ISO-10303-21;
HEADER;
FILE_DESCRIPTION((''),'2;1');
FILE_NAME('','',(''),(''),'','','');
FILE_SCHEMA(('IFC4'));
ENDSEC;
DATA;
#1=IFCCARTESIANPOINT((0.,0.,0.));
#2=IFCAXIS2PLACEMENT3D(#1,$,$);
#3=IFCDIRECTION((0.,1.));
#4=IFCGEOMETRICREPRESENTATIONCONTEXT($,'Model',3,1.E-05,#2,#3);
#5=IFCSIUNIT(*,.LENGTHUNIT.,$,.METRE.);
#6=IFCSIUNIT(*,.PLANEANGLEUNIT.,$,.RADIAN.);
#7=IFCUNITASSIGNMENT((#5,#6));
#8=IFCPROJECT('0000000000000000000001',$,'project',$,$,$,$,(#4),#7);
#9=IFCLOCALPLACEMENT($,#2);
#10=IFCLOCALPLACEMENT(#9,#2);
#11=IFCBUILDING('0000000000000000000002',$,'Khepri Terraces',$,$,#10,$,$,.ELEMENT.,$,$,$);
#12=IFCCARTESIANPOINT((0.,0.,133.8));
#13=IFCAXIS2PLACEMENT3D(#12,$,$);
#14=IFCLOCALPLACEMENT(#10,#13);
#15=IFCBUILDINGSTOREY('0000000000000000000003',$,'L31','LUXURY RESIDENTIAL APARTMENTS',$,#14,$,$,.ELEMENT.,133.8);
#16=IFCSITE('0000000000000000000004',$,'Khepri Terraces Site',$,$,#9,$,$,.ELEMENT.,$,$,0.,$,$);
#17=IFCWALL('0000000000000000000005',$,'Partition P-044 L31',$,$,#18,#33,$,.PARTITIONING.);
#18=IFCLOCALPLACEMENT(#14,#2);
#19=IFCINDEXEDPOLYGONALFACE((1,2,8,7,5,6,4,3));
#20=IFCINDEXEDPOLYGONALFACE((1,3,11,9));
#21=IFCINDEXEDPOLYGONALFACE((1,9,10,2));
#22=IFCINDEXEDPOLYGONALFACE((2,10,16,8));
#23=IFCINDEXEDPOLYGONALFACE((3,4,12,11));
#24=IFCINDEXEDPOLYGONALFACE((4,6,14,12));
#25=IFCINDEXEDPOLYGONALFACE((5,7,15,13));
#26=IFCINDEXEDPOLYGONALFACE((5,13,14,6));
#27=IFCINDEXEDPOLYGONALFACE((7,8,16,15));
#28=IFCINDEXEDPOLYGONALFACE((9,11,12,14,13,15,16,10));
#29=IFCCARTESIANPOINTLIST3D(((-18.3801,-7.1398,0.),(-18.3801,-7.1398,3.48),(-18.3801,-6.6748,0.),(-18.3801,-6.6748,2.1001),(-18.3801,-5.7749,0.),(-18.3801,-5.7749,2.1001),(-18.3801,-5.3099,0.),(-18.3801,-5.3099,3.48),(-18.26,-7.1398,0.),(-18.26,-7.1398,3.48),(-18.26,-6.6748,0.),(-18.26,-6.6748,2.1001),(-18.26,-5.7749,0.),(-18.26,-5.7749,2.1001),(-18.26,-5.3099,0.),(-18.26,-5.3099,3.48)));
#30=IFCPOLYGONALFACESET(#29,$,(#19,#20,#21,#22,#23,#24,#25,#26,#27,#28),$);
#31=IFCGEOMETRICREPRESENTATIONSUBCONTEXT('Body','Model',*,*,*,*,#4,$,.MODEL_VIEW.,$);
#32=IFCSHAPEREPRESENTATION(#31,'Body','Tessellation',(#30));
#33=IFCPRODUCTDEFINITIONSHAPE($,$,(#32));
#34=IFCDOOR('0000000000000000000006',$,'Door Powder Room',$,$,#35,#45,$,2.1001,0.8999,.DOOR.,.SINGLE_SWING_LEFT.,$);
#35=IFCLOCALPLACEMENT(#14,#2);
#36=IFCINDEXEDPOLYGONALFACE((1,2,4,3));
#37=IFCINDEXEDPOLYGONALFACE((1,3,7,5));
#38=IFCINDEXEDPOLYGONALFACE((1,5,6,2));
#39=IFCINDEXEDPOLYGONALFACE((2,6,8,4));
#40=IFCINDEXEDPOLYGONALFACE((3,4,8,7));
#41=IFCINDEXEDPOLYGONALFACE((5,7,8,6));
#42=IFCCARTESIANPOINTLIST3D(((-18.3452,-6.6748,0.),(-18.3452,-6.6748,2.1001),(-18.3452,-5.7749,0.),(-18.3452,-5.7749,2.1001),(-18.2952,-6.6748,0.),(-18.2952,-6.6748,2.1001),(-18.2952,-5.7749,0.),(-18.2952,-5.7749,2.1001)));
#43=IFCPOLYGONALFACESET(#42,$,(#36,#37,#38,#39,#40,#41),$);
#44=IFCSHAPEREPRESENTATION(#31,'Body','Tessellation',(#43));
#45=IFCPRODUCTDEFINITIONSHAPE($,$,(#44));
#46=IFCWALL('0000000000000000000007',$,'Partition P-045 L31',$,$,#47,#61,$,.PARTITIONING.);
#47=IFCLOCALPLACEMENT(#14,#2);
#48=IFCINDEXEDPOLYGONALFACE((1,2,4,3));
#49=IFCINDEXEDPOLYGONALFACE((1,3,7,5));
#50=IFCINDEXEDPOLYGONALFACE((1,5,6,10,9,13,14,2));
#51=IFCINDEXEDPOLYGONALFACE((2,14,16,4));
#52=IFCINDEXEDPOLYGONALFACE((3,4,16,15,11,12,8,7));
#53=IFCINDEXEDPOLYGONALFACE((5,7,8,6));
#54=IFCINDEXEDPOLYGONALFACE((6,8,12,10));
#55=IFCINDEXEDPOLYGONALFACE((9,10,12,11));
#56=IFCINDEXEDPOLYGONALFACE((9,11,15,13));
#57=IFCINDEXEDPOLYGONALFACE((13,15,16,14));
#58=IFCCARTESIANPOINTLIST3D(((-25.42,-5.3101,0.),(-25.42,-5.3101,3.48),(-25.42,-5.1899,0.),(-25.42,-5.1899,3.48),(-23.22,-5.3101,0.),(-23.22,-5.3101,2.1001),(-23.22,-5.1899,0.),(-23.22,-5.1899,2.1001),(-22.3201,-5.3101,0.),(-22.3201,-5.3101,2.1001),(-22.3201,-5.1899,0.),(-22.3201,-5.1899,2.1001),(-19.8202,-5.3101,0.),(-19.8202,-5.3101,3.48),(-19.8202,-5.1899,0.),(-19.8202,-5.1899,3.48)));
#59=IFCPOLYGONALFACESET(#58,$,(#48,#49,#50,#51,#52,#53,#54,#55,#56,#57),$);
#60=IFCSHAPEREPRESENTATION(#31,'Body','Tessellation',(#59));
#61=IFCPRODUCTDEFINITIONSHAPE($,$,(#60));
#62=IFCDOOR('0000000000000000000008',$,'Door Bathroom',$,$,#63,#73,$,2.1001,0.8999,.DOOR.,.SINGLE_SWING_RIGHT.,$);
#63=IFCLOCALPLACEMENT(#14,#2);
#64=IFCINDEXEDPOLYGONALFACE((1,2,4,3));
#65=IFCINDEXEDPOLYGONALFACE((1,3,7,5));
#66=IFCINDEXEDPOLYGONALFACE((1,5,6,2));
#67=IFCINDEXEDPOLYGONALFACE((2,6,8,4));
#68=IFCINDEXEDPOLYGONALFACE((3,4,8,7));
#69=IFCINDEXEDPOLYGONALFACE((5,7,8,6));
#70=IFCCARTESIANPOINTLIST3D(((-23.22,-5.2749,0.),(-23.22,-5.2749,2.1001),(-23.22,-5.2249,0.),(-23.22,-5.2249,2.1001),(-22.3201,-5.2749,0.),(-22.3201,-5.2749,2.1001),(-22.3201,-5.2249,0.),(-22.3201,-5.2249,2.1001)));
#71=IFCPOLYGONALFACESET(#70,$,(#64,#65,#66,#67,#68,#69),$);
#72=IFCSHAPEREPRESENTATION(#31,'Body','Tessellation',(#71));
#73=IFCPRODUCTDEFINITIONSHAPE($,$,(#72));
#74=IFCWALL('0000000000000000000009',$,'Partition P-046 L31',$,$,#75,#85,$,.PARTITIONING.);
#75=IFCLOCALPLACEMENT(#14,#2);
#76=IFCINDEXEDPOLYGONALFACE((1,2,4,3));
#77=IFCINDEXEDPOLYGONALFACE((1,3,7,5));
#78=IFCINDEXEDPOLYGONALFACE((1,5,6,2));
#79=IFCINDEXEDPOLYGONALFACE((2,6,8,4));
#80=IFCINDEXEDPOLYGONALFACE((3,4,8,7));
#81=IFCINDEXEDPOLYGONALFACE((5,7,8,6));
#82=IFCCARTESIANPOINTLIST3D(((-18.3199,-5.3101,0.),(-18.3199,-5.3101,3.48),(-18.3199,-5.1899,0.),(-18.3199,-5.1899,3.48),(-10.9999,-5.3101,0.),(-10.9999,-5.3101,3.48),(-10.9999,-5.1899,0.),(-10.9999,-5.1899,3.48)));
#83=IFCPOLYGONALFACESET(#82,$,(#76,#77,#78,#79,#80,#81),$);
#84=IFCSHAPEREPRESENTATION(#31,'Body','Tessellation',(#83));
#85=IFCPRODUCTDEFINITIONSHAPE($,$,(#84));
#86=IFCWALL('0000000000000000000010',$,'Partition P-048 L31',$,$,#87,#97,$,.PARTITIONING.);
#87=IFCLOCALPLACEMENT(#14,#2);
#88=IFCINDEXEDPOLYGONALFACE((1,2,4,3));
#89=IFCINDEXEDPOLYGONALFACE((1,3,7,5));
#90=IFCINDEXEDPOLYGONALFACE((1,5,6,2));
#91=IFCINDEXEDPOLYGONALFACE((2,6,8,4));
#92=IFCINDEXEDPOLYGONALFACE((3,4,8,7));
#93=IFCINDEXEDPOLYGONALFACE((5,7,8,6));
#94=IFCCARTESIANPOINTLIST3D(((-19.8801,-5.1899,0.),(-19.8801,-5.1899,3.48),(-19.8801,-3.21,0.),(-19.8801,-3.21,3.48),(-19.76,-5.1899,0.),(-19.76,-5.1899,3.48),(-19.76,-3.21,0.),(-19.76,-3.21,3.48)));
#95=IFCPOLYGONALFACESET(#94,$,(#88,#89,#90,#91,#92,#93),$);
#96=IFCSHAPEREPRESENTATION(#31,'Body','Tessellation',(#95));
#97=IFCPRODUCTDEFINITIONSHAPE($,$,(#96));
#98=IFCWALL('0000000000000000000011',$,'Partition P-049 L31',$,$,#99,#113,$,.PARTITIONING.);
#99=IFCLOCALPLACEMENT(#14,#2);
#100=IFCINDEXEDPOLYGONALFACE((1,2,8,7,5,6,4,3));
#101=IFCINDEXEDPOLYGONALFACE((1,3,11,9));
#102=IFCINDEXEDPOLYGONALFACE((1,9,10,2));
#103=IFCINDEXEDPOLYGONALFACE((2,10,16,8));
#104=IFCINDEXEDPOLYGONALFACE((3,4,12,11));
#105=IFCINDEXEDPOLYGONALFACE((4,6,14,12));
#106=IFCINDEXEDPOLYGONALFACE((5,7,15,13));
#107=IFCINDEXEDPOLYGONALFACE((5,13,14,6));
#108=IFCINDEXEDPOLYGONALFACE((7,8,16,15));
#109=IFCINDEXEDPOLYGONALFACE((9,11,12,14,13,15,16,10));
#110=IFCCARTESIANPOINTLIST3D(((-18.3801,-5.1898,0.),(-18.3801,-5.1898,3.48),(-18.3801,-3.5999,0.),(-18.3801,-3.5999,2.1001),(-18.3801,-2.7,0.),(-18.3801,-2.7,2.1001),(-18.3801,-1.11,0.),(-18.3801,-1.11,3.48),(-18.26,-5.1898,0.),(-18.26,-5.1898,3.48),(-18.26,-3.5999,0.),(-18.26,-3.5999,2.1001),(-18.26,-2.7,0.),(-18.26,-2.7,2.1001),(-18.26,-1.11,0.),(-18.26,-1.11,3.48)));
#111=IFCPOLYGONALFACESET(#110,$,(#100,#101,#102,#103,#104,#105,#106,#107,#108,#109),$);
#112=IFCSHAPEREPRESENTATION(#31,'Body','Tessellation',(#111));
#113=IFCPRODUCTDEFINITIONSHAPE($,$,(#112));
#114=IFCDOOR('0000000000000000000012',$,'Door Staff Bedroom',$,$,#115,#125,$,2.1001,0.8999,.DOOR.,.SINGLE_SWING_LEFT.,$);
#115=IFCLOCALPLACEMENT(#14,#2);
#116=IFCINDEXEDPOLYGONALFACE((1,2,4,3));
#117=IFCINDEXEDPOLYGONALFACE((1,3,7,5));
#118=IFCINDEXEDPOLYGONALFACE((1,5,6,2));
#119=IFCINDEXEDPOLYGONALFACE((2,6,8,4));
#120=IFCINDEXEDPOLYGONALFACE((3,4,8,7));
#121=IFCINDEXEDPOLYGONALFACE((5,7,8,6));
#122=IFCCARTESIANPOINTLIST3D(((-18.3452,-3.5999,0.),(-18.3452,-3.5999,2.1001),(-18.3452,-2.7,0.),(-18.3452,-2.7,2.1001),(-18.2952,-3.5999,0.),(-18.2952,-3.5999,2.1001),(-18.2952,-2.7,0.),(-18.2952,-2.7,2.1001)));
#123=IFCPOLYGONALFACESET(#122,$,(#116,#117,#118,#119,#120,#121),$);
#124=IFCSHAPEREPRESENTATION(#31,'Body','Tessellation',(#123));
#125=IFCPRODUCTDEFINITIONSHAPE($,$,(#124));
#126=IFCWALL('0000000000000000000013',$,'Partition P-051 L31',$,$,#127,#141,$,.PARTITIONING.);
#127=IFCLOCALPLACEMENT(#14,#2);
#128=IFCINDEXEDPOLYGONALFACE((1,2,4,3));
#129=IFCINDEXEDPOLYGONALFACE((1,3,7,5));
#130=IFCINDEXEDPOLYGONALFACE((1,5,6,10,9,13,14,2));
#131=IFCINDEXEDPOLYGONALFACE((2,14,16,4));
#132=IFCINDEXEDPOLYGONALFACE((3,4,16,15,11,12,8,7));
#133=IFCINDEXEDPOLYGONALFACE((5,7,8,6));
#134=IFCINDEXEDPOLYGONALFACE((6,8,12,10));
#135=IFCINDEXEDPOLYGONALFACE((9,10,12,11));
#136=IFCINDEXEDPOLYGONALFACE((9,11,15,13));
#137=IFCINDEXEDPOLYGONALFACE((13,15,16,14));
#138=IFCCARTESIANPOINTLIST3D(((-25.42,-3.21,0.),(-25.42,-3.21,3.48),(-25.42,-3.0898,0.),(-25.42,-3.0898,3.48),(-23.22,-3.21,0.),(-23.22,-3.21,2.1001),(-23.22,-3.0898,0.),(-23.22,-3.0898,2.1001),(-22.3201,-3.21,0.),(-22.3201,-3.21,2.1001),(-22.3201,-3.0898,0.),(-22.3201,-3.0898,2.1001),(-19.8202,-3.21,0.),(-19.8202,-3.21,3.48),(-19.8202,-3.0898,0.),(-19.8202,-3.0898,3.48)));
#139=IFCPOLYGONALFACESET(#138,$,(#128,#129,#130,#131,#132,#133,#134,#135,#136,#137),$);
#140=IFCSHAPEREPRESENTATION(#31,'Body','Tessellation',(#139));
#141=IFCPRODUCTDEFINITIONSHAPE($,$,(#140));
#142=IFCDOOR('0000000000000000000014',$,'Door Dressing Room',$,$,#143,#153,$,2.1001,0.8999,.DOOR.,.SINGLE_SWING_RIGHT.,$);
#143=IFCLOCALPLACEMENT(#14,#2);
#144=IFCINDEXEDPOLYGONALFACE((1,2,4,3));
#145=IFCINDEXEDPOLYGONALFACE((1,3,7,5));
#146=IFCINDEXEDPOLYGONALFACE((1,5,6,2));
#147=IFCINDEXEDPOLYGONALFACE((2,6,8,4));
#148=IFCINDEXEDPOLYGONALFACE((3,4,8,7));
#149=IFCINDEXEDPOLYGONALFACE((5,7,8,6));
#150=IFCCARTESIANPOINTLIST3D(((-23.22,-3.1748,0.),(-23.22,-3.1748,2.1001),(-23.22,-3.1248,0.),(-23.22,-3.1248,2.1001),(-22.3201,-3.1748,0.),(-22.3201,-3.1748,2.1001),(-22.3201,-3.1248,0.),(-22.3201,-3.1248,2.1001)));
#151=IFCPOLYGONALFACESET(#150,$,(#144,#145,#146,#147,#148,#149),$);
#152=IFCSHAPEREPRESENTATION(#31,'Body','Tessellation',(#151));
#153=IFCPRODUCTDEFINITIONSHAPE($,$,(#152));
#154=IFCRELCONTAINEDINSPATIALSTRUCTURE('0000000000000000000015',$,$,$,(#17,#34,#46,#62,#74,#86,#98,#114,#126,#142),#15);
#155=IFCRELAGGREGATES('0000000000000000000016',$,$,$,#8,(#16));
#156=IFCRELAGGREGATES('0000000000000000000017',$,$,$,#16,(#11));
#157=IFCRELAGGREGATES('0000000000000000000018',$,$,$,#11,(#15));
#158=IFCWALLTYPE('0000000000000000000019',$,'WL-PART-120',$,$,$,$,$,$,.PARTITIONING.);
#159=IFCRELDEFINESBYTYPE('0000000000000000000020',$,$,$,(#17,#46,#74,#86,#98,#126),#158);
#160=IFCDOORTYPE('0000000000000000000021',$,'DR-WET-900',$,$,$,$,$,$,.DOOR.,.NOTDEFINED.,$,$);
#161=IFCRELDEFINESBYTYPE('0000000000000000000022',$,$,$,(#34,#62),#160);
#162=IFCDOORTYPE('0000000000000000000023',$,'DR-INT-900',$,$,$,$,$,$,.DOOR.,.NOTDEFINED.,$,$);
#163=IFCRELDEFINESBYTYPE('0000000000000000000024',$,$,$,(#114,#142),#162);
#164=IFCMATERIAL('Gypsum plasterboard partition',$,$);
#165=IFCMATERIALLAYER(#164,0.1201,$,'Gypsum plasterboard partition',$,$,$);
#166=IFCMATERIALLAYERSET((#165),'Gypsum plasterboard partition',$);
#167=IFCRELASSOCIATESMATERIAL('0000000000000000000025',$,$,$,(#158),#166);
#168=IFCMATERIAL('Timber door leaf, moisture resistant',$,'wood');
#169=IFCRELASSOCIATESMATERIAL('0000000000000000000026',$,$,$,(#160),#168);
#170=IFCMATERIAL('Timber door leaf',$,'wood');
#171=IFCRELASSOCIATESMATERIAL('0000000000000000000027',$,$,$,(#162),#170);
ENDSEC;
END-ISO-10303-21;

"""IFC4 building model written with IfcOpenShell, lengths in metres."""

from ifc_helpers import new_model, si_unit, direction, frame, frame_2d, origin, place, context, subcontext, project, spatial, rectangle, extrude, material, layer, layer_set, type_object, element, fill, save


model = new_model("IFC4")

# Units and contexts
model_context = context("Model", 3, precision=1e-05, world=origin(), true_north=direction((0.0, 1.0)))
body_context = subcontext(model_context, "Body", "Model", "MODEL_VIEW")
ifc_project = project(units=[si_unit("LENGTHUNIT", "METRE"), si_unit("PLANEANGLEUNIT", "RADIAN")], contexts=[model_context])

# Site, building, storey
site_placement = place(None, origin())
site = spatial("IfcSite", under=ifc_project, at=site_placement, Name="Khepri Terraces Site", CompositionType="ELEMENT", RefElevation=0.0)
building_placement = place(site_placement, origin())
building = spatial("IfcBuilding", under=site, at=building_placement, Name="Khepri Terraces", CompositionType="ELEMENT")
storey_placement = place(building_placement, frame((0.0, 0.0, 133.8)))
storey = spatial("IfcBuildingStorey", under=building, at=storey_placement, Name="L31", Description="LUXURY RESIDENTIAL APARTMENTS", CompositionType="ELEMENT", Elevation=133.8)

# Walls, openings, doors
ifc_material_1 = material(Name="Gypsum plasterboard partition")
ifc_layer_1 = layer(ifc_material_1, 0.1201, Name="Gypsum plasterboard partition")
ifc_layer_set_1 = layer_set([ifc_layer_1], Name="Gypsum plasterboard partition")
wall_type_1 = type_object("IfcWallType", Name="WL-PART-120", PredefinedType="PARTITIONING", material=ifc_layer_set_1)
wall_1_placement = place(storey_placement, frame((-18.3201, -7.1399, 0.0), z_axis=(0.0, 0.0, 1.0), x_axis=(0.0, 1.0, 0.0)))
wall_1 = element("IfcWall", 1, at=wall_1_placement, inside=storey, type_object=wall_type_1, Name="Partition P-044 L31", PredefinedType="PARTITIONING", context=body_context, shape_type="SweptSolid", body=[
    extrude(rectangle(XDim=1.8298, YDim=0.1201, at=frame_2d((0.915, 0.0))), origin(), (0.0, 0.0, 1.0), 3.48),
])
opening_1_placement = place(wall_1_placement, frame((0.4651, 0.0, 0.0)))
opening_1 = element("IfcOpeningElement", 2, at=opening_1_placement, cuts=wall_1, PredefinedType="OPENING", context=body_context, shape_type="SweptSolid", body=[
    extrude(rectangle(XDim=0.8999, YDim=2.1001, at=frame_2d((0.45, 1.05))), frame((0.0, 0.0701, 0.0), z_axis=(0.0, -1.0, 0.0), x_axis=(1.0, 0.0, 0.0)), (0.0, 0.0, 1.0), 0.1401),
])
ifc_material_2 = material(Name="Timber door leaf, moisture resistant", Category="wood")
door_type_1 = type_object("IfcDoorType", Name="DR-WET-900", OperationType="NOTDEFINED", PredefinedType="DOOR", material=ifc_material_2)
door_1_placement = place(opening_1_placement, frame((0.8999, 0.0, 0.0), z_axis=(0.0, 0.0, 1.0), x_axis=(-1.0, 0.0, 0.0)))
door_1 = element("IfcDoor", 3, at=door_1_placement, inside=storey, type_object=door_type_1, Name="Door Powder Room", OperationType="SINGLE_SWING_LEFT", OverallHeight=2.1001, OverallWidth=0.8999, PredefinedType="DOOR", context=body_context, shape_type="SweptSolid", body=[
    extrude(rectangle(XDim=0.8999, YDim=2.1001, at=frame_2d((0.45, 1.05))), frame((0.0, 0.0249, 0.0), z_axis=(0.0, -1.0, 0.0), x_axis=(1.0, 0.0, 0.0)), (0.0, 0.0, 1.0), 0.05),
])
fill(opening_1, door_1)
wall_2_placement = place(storey_placement, frame((-25.4199, -5.25, 0.0), z_axis=(0.0, 0.0, 1.0), x_axis=(1.0, 0.0, 0.0)))
wall_2 = element("IfcWall", 4, at=wall_2_placement, inside=storey, type_object=wall_type_1, Name="Partition P-045 L31", PredefinedType="PARTITIONING", context=body_context, shape_type="SweptSolid", body=[
    extrude(rectangle(XDim=5.5999, YDim=0.1201, at=frame_2d((2.7998, 0.0))), origin(), (0.0, 0.0, 1.0), 3.48),
])
opening_2_placement = place(wall_2_placement, frame((2.2, 0.0, 0.0)))
opening_2 = element("IfcOpeningElement", 5, at=opening_2_placement, cuts=wall_2, PredefinedType="OPENING", context=body_context, shape_type="SweptSolid", body=[
    extrude(rectangle(XDim=0.8999, YDim=2.1001, at=frame_2d((0.45, 1.05))), frame((0.0, 0.0701, 0.0), z_axis=(0.0, -1.0, 0.0), x_axis=(1.0, 0.0, 0.0)), (0.0, 0.0, 1.0), 0.1401),
])
door_2_placement = place(opening_2_placement, frame((0.8999, 0.0, 0.0), z_axis=(0.0, 0.0, 1.0), x_axis=(-1.0, 0.0, 0.0)))
door_2 = element("IfcDoor", 6, at=door_2_placement, inside=storey, type_object=door_type_1, Name="Door Bathroom", OperationType="SINGLE_SWING_RIGHT", OverallHeight=2.1001, OverallWidth=0.8999, PredefinedType="DOOR", context=body_context, shape_type="SweptSolid", body=[
    extrude(rectangle(XDim=0.8999, YDim=2.1001, at=frame_2d((0.45, 1.05))), frame((0.0, 0.0249, 0.0), z_axis=(0.0, -1.0, 0.0), x_axis=(1.0, 0.0, 0.0)), (0.0, 0.0, 1.0), 0.05),
])
fill(opening_2, door_2)

# Walls
wall_3_placement = place(storey_placement, frame((-18.3201, -5.25, 0.0), z_axis=(0.0, 0.0, 1.0), x_axis=(1.0, 0.0, 0.0)))
element("IfcWall", 7, at=wall_3_placement, inside=storey, type_object=wall_type_1, Name="Partition P-046 L31", PredefinedType="PARTITIONING", context=body_context, shape_type="SweptSolid", body=[
    extrude(rectangle(XDim=7.3201, YDim=0.1201, at=frame_2d((3.6602, 0.0))), origin(), (0.0, 0.0, 1.0), 3.48),
])
wall_4_placement = place(storey_placement, frame((-19.8201, -5.1899, 0.0), z_axis=(0.0, 0.0, 1.0), x_axis=(0.0, 1.0, 0.0)))
element("IfcWall", 8, at=wall_4_placement, inside=storey, type_object=wall_type_1, Name="Partition P-048 L31", PredefinedType="PARTITIONING", context=body_context, shape_type="SweptSolid", body=[
    extrude(rectangle(XDim=1.98, YDim=0.1201, at=frame_2d((0.99, 0.0))), origin(), (0.0, 0.0, 1.0), 3.48),
])

# Walls, openings, doors
wall_5_placement = place(storey_placement, frame((-18.3201, -5.1899, 0.0), z_axis=(0.0, 0.0, 1.0), x_axis=(0.0, 1.0, 0.0)))
wall_5 = element("IfcWall", 9, at=wall_5_placement, inside=storey, type_object=wall_type_1, Name="Partition P-049 L31", PredefinedType="PARTITIONING", context=body_context, shape_type="SweptSolid", body=[
    extrude(rectangle(XDim=4.0798, YDim=0.1201, at=frame_2d((2.04, 0.0))), origin(), (0.0, 0.0, 1.0), 3.48),
])
opening_3_placement = place(wall_5_placement, frame((1.5901, 0.0, 0.0)))
opening_3 = element("IfcOpeningElement", 10, at=opening_3_placement, cuts=wall_5, PredefinedType="OPENING", context=body_context, shape_type="SweptSolid", body=[
    extrude(rectangle(XDim=0.8999, YDim=2.1001, at=frame_2d((0.45, 1.05))), frame((0.0, 0.0701, 0.0), z_axis=(0.0, -1.0, 0.0), x_axis=(1.0, 0.0, 0.0)), (0.0, 0.0, 1.0), 0.1401),
])
ifc_material_3 = material(Name="Timber door leaf", Category="wood")
door_type_2 = type_object("IfcDoorType", Name="DR-INT-900", OperationType="NOTDEFINED", PredefinedType="DOOR", material=ifc_material_3)
door_3_placement = place(opening_3_placement, frame((0.8999, 0.0, 0.0), z_axis=(0.0, 0.0, 1.0), x_axis=(-1.0, 0.0, 0.0)))
door_3 = element("IfcDoor", 11, at=door_3_placement, inside=storey, type_object=door_type_2, Name="Door Staff Bedroom", OperationType="SINGLE_SWING_LEFT", OverallHeight=2.1001, OverallWidth=0.8999, PredefinedType="DOOR", context=body_context, shape_type="SweptSolid", body=[
    extrude(rectangle(XDim=0.8999, YDim=2.1001, at=frame_2d((0.45, 1.05))), frame((0.0, 0.0249, 0.0), z_axis=(0.0, -1.0, 0.0), x_axis=(1.0, 0.0, 0.0)), (0.0, 0.0, 1.0), 0.05),
])
fill(opening_3, door_3)
wall_6_placement = place(storey_placement, frame((-25.4199, -3.1499, 0.0), z_axis=(0.0, 0.0, 1.0), x_axis=(1.0, 0.0, 0.0)))
wall_6 = element("IfcWall", 12, at=wall_6_placement, inside=storey, type_object=wall_type_1, Name="Partition P-051 L31", PredefinedType="PARTITIONING", context=body_context, shape_type="SweptSolid", body=[
    extrude(rectangle(XDim=5.5999, YDim=0.1201, at=frame_2d((2.7998, 0.0))), origin(), (0.0, 0.0, 1.0), 3.48),
])
opening_4_placement = place(wall_6_placement, frame((2.2, 0.0, 0.0)))
opening_4 = element("IfcOpeningElement", 13, at=opening_4_placement, cuts=wall_6, PredefinedType="OPENING", context=body_context, shape_type="SweptSolid", body=[
    extrude(rectangle(XDim=0.8999, YDim=2.1001, at=frame_2d((0.45, 1.05))), frame((0.0, 0.0701, 0.0), z_axis=(0.0, -1.0, 0.0), x_axis=(1.0, 0.0, 0.0)), (0.0, 0.0, 1.0), 0.1401),
])
door_4_placement = place(opening_4_placement, frame((0.8999, 0.0, 0.0), z_axis=(0.0, 0.0, 1.0), x_axis=(-1.0, 0.0, 0.0)))
door_4 = element("IfcDoor", 14, at=door_4_placement, inside=storey, type_object=door_type_2, Name="Door Dressing Room", OperationType="SINGLE_SWING_RIGHT", OverallHeight=2.1001, OverallWidth=0.8999, PredefinedType="DOOR", context=body_context, shape_type="SweptSolid", body=[
    extrude(rectangle(XDim=0.8999, YDim=2.1001, at=frame_2d((0.45, 1.05))), frame((0.0, 0.0249, 0.0), z_axis=(0.0, -1.0, 0.0), x_axis=(1.0, 0.0, 0.0)), (0.0, 0.0, 1.0), 0.05),
])
fill(opening_4, door_4)

save(model, "model.ifc")
